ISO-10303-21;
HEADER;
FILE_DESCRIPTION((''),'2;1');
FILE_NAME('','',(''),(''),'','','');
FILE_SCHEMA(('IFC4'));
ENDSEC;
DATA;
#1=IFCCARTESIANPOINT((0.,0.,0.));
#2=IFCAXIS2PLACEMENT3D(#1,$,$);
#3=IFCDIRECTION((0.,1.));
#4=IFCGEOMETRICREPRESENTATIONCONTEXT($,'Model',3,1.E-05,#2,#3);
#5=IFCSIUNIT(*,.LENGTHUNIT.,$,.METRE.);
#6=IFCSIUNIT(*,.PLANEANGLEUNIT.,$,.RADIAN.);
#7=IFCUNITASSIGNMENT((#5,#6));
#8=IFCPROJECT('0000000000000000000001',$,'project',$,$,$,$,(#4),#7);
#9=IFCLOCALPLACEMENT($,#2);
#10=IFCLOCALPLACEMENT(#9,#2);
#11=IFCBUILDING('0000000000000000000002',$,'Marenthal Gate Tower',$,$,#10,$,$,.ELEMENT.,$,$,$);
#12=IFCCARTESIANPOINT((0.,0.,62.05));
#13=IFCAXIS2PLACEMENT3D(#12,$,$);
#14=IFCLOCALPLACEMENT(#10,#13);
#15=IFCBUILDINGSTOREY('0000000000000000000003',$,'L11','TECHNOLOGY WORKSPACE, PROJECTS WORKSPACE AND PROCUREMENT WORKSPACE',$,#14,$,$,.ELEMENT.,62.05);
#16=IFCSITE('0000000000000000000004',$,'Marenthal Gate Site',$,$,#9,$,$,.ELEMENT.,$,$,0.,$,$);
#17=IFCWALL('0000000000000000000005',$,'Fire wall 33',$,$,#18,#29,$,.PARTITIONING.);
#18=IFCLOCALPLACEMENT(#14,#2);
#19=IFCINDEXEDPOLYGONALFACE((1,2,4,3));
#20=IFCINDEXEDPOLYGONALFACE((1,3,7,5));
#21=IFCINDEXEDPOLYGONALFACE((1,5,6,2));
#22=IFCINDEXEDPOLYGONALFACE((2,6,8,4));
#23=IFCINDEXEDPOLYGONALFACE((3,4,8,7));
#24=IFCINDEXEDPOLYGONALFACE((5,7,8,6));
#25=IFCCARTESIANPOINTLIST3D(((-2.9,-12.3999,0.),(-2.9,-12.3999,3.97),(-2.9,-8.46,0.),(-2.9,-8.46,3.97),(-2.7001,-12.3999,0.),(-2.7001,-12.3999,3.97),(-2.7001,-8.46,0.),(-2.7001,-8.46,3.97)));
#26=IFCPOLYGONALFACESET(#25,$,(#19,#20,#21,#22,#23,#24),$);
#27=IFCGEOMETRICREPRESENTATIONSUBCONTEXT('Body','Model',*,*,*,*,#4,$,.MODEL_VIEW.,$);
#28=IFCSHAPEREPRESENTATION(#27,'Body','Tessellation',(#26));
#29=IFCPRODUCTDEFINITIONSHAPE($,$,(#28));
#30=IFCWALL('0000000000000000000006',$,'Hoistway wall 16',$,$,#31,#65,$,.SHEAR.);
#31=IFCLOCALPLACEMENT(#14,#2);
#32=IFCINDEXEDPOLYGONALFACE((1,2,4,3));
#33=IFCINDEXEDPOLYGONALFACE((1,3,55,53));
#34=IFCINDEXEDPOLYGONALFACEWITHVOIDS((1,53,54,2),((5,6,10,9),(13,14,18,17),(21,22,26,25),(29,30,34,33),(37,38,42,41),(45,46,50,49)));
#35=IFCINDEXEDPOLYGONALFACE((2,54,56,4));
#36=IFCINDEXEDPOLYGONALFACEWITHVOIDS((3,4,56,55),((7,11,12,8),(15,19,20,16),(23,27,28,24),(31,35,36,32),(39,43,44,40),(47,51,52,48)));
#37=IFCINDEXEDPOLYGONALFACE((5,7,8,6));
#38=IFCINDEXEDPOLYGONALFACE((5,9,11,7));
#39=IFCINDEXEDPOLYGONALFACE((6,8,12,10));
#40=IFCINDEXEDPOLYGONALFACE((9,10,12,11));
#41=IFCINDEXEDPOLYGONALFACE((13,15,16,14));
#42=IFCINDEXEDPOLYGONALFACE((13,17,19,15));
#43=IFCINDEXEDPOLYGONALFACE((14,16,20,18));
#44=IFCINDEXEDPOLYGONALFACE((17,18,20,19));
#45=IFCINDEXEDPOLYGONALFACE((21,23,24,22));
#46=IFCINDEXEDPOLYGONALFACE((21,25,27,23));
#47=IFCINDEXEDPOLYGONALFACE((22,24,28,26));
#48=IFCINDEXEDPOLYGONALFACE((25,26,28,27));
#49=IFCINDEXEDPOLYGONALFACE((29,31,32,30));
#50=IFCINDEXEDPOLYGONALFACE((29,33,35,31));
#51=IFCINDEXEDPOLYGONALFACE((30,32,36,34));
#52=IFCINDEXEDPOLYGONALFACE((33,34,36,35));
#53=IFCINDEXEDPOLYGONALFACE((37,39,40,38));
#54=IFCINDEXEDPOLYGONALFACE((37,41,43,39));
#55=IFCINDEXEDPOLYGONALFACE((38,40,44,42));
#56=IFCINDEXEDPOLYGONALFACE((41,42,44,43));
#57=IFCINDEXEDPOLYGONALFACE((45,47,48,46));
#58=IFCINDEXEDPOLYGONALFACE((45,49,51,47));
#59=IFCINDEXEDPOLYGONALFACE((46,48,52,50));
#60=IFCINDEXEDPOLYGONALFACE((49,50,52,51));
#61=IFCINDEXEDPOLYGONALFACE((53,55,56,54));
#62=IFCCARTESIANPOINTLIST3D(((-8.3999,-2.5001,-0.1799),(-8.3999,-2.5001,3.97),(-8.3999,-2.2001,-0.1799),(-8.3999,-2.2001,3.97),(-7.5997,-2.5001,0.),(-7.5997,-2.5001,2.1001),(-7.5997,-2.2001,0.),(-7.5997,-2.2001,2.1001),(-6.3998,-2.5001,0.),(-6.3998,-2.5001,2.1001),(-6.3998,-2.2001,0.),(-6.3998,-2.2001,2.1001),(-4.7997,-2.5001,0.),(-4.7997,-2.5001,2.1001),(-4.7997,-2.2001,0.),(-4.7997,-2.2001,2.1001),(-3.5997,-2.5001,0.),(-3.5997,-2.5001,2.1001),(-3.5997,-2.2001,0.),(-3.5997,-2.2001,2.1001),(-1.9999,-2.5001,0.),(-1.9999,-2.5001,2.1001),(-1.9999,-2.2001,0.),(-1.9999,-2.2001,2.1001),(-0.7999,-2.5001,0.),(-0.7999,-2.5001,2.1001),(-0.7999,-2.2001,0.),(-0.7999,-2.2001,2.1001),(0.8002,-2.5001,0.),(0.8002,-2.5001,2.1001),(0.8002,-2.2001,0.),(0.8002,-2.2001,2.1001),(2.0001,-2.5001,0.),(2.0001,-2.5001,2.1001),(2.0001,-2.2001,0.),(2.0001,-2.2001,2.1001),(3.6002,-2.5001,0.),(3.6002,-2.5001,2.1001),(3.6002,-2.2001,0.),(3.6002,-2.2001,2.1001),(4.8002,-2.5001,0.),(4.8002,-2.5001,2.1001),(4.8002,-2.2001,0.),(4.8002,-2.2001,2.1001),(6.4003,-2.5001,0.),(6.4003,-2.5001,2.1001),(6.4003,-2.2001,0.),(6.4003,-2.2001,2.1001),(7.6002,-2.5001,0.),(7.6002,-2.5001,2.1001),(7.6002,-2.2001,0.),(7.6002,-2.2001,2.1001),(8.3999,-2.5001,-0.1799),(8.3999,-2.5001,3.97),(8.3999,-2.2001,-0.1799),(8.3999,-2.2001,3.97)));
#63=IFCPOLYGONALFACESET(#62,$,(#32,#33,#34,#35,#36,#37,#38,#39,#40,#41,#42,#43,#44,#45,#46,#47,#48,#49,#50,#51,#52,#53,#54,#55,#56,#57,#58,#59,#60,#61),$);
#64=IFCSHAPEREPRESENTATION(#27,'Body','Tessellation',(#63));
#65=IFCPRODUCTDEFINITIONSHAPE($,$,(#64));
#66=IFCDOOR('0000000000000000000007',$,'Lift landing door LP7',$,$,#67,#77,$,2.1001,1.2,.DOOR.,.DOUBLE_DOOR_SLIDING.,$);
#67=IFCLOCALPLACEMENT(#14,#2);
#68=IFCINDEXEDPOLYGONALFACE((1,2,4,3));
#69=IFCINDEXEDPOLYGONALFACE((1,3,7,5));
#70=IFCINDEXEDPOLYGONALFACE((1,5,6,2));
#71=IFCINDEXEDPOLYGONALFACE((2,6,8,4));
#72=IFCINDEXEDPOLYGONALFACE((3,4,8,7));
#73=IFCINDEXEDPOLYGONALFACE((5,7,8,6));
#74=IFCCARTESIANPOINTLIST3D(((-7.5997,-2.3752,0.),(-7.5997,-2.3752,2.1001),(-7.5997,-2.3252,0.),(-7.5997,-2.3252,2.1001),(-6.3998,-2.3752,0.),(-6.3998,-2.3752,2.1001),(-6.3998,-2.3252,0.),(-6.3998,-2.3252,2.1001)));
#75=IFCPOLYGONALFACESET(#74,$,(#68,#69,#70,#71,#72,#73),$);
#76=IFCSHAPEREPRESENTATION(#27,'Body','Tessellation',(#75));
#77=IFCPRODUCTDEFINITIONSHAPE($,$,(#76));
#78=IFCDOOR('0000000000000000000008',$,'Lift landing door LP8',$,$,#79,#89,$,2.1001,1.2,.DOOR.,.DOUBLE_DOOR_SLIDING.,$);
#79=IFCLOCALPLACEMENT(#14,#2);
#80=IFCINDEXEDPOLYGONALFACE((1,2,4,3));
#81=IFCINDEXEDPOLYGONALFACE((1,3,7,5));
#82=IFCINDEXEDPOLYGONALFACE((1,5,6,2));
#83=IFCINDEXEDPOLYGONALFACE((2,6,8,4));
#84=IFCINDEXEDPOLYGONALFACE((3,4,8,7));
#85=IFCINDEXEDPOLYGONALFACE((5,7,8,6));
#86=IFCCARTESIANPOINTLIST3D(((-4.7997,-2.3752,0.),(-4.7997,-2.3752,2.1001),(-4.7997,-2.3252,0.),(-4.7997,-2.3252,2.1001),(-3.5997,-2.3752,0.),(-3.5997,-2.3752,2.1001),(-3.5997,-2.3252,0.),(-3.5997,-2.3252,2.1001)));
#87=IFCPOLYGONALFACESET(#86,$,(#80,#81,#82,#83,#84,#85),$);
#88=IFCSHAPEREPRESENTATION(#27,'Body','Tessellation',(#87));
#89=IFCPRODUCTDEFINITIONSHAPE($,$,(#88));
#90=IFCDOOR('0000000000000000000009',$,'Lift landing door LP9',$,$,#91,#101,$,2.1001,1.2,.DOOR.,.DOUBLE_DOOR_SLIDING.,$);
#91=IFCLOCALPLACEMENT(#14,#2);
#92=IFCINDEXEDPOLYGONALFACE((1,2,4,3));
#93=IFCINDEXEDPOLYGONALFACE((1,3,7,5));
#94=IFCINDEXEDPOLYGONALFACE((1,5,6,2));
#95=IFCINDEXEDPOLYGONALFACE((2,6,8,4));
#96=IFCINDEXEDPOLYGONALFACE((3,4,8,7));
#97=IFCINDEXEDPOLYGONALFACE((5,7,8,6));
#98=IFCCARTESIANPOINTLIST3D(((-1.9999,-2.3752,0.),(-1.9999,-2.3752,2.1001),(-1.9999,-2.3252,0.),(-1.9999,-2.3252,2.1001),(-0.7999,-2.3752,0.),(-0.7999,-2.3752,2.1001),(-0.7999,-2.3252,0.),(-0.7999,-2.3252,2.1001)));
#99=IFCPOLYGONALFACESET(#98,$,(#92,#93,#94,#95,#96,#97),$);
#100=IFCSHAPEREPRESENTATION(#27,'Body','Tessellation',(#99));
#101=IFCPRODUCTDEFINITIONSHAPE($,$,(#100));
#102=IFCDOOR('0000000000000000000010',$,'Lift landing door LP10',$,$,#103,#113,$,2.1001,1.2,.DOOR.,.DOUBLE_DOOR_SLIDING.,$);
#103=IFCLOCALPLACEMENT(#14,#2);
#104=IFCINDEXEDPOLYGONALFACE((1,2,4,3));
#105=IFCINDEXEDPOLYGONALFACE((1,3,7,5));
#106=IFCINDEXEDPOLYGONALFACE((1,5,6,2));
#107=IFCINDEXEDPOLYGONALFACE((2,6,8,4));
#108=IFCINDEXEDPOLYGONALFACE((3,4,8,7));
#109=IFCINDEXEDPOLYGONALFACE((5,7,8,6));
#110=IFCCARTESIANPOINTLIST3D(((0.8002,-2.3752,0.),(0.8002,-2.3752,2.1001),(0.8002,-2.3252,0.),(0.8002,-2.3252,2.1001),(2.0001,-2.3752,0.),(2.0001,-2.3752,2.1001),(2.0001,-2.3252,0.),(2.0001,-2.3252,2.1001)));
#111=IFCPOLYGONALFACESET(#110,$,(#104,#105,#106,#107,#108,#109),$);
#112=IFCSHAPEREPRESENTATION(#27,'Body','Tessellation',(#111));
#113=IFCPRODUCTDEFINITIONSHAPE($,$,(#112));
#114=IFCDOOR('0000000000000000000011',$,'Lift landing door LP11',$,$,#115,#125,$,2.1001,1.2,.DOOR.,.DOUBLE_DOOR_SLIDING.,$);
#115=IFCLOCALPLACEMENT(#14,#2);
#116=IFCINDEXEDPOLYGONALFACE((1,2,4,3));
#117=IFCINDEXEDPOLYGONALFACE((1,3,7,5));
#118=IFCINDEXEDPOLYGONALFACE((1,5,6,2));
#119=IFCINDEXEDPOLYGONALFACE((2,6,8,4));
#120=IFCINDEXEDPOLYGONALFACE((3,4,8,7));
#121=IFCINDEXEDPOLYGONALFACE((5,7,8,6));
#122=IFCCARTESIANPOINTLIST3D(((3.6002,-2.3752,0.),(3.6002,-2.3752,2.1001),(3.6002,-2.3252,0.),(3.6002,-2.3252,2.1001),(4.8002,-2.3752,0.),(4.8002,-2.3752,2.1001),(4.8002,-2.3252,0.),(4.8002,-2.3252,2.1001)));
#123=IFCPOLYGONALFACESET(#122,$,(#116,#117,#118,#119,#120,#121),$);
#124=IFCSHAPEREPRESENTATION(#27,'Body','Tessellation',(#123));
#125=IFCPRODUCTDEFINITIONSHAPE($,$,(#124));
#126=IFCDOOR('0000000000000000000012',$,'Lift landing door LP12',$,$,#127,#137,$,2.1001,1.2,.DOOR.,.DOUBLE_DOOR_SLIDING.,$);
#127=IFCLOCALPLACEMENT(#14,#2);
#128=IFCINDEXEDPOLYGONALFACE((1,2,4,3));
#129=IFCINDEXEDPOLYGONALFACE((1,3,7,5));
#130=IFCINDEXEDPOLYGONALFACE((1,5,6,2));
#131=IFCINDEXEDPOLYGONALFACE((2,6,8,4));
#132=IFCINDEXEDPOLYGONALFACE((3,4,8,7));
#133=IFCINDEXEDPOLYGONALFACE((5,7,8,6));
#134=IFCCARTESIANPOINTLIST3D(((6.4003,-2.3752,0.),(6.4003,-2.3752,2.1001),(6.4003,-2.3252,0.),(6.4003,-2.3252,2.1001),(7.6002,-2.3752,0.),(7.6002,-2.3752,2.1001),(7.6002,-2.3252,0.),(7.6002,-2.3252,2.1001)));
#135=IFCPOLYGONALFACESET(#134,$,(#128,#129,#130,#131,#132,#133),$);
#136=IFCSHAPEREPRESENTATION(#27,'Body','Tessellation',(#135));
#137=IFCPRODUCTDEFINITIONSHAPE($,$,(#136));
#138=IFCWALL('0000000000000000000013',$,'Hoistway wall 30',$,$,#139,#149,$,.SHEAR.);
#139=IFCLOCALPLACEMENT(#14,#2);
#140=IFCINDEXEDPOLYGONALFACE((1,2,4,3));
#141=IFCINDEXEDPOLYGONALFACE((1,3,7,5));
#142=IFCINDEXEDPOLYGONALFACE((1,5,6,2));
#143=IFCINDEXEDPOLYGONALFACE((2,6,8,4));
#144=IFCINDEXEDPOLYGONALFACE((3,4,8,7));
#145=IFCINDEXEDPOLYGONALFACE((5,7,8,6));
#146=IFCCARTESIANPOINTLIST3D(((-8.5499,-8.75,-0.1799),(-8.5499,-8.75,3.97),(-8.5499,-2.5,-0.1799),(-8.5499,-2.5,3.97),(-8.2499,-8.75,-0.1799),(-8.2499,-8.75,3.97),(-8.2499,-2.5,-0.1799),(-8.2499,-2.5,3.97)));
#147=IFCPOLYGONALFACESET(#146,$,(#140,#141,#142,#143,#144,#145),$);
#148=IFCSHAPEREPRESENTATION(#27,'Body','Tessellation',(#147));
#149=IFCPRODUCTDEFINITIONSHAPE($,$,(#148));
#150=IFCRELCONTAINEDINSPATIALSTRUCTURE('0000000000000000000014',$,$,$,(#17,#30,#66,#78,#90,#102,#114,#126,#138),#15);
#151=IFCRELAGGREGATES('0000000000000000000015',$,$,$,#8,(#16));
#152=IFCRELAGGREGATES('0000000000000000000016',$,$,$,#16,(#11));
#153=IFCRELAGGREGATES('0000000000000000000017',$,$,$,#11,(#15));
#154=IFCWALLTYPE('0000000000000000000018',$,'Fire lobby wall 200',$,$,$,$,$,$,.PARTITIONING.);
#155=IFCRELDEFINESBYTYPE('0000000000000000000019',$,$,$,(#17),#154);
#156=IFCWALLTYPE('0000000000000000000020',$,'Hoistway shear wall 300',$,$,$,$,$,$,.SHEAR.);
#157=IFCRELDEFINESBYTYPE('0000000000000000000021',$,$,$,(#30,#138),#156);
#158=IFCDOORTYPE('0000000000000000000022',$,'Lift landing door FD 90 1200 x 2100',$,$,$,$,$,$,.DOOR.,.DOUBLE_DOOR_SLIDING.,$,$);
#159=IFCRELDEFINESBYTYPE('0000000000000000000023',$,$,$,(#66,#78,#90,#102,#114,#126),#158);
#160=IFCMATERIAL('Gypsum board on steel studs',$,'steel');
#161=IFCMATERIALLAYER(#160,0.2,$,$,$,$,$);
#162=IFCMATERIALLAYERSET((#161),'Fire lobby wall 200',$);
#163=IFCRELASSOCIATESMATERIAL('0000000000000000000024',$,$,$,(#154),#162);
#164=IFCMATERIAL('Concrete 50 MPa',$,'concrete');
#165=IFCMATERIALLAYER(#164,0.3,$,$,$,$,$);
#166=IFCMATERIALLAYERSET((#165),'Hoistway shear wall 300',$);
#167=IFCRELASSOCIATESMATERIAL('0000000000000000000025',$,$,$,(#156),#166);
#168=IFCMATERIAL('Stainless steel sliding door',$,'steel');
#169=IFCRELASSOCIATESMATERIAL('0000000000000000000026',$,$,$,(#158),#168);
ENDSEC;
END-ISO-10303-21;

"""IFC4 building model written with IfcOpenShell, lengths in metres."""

from ifc_helpers import new_model, si_unit, direction, frame, frame_2d, origin, place, context, subcontext, project, spatial, rectangle, extrude, material, layer, layer_set, type_object, element, fill, save


model = new_model("IFC4")

# Units and contexts
model_context = context("Model", 3, precision=1e-05, world=origin(), true_north=direction((0.0, 1.0)))
body_context = subcontext(model_context, "Body", "Model", "MODEL_VIEW")
ifc_project = project(units=[si_unit("LENGTHUNIT", "METRE"), si_unit("PLANEANGLEUNIT", "RADIAN")], contexts=[model_context])

# Site, building, storey
site_placement = place(None, origin())
site = spatial("IfcSite", under=ifc_project, at=site_placement, Name="Marenthal Gate Site", CompositionType="ELEMENT", RefElevation=0.0)
building_placement = place(site_placement, origin())
building = spatial("IfcBuilding", under=site, at=building_placement, Name="Marenthal Gate Tower", CompositionType="ELEMENT")
storey_placement = place(building_placement, frame((0.0, 0.0, 62.05)))
storey = spatial("IfcBuildingStorey", under=building, at=storey_placement, Name="L11", Description="TECHNOLOGY WORKSPACE, PROJECTS WORKSPACE AND PROCUREMENT WORKSPACE", CompositionType="ELEMENT", Elevation=62.05)

# Wall
ifc_material_1 = material(Name="Gypsum board on steel studs", Category="steel")
ifc_layer_1 = layer(ifc_material_1, 0.2)
ifc_layer_set_1 = layer_set([ifc_layer_1], Name="Fire lobby wall 200")
wall_type_1 = type_object("IfcWallType", Name="Fire lobby wall 200", PredefinedType="PARTITIONING", material=ifc_layer_set_1)
wall_1_placement = place(storey_placement, frame((-2.8, -12.3999, 0.0), z_axis=(0.0, 0.0, 1.0), x_axis=(0.0, 1.0, 0.0)))
element("IfcWall", 1, at=wall_1_placement, inside=storey, type_object=wall_type_1, Name="Fire wall 33", PredefinedType="PARTITIONING", context=body_context, shape_type="SweptSolid", body=[
    extrude(rectangle(XDim=3.9399, YDim=0.2, at=frame_2d((1.97, 0.0))), origin(), (0.0, 0.0, 1.0), 3.97),
])

# Wall, openings, doors
ifc_material_2 = material(Name="Concrete 50 MPa", Category="concrete")
ifc_layer_2 = layer(ifc_material_2, 0.3)
ifc_layer_set_2 = layer_set([ifc_layer_2], Name="Hoistway shear wall 300")
wall_type_2 = type_object("IfcWallType", Name="Hoistway shear wall 300", PredefinedType="SHEAR", material=ifc_layer_set_2)
wall_2_placement = place(storey_placement, frame((-8.3999, -2.3501, -0.1799), z_axis=(0.0, 0.0, 1.0), x_axis=(1.0, 0.0, 0.0)))
wall_2 = element("IfcWall", 2, at=wall_2_placement, inside=storey, type_object=wall_type_2, Name="Hoistway wall 16", PredefinedType="SHEAR", context=body_context, shape_type="SweptSolid", body=[
    extrude(rectangle(XDim=16.7998, YDim=0.3, at=frame_2d((8.3999, 0.0))), origin(), (0.0, 0.0, 1.0), 4.1499),
])
opening_1_placement = place(wall_2_placement, frame((0.8, 0.0, 0.1799)))
opening_1 = element("IfcOpeningElement", 3, at=opening_1_placement, cuts=wall_2, PredefinedType="OPENING", context=body_context, shape_type="SweptSolid", body=[
    extrude(rectangle(XDim=1.2, YDim=2.1001, at=frame_2d((0.6001, 1.05))), frame((0.0, 0.1602, 0.0), z_axis=(0.0, -1.0, 0.0), x_axis=(1.0, 0.0, 0.0)), (0.0, 0.0, 1.0), 0.3201),
])
opening_2_placement = place(wall_2_placement, frame((3.6001, 0.0, 0.1799)))
opening_2 = element("IfcOpeningElement", 4, at=opening_2_placement, cuts=wall_2, PredefinedType="OPENING", context=body_context, shape_type="SweptSolid", body=[
    extrude(rectangle(XDim=1.2, YDim=2.1001, at=frame_2d((0.6001, 1.05))), frame((0.0, 0.1602, 0.0), z_axis=(0.0, -1.0, 0.0), x_axis=(1.0, 0.0, 0.0)), (0.0, 0.0, 1.0), 0.3201),
])
opening_3_placement = place(wall_2_placement, frame((6.3999, 0.0, 0.1799)))
opening_3 = element("IfcOpeningElement", 5, at=opening_3_placement, cuts=wall_2, PredefinedType="OPENING", context=body_context, shape_type="SweptSolid", body=[
    extrude(rectangle(XDim=1.2, YDim=2.1001, at=frame_2d((0.6001, 1.05))), frame((0.0, 0.1602, 0.0), z_axis=(0.0, -1.0, 0.0), x_axis=(1.0, 0.0, 0.0)), (0.0, 0.0, 1.0), 0.3201),
])
opening_4_placement = place(wall_2_placement, frame((9.2, 0.0, 0.1799)))
opening_4 = element("IfcOpeningElement", 6, at=opening_4_placement, cuts=wall_2, PredefinedType="OPENING", context=body_context, shape_type="SweptSolid", body=[
    extrude(rectangle(XDim=1.2, YDim=2.1001, at=frame_2d((0.6001, 1.05))), frame((0.0, 0.1602, 0.0), z_axis=(0.0, -1.0, 0.0), x_axis=(1.0, 0.0, 0.0)), (0.0, 0.0, 1.0), 0.3201),
])
opening_5_placement = place(wall_2_placement, frame((12.0, 0.0, 0.1799)))
opening_5 = element("IfcOpeningElement", 7, at=opening_5_placement, cuts=wall_2, PredefinedType="OPENING", context=body_context, shape_type="SweptSolid", body=[
    extrude(rectangle(XDim=1.2, YDim=2.1001, at=frame_2d((0.6001, 1.05))), frame((0.0, 0.1602, 0.0), z_axis=(0.0, -1.0, 0.0), x_axis=(1.0, 0.0, 0.0)), (0.0, 0.0, 1.0), 0.3201),
])
opening_6_placement = place(wall_2_placement, frame((14.8, 0.0, 0.1799)))
opening_6 = element("IfcOpeningElement", 8, at=opening_6_placement, cuts=wall_2, PredefinedType="OPENING", context=body_context, shape_type="SweptSolid", body=[
    extrude(rectangle(XDim=1.2, YDim=2.1001, at=frame_2d((0.6001, 1.05))), frame((0.0, 0.1602, 0.0), z_axis=(0.0, -1.0, 0.0), x_axis=(1.0, 0.0, 0.0)), (0.0, 0.0, 1.0), 0.3201),
])
ifc_material_3 = material(Name="Stainless steel sliding door", Category="steel")
door_type_1 = type_object("IfcDoorType", Name="Lift landing door FD 90 1200 x 2100", OperationType="DOUBLE_DOOR_SLIDING", PredefinedType="DOOR", material=ifc_material_3)
door_1_placement = place(opening_1_placement, origin())
door_1 = element("IfcDoor", 9, at=door_1_placement, inside=storey, type_object=door_type_1, Name="Lift landing door LP7", OperationType="DOUBLE_DOOR_SLIDING", OverallHeight=2.1001, OverallWidth=1.2, PredefinedType="DOOR", context=body_context, shape_type="SweptSolid", body=[
    extrude(rectangle(XDim=1.2, YDim=2.1001, at=frame_2d((0.6001, 1.05))), frame((0.0, 0.0249, 0.0), z_axis=(0.0, -1.0, 0.0), x_axis=(1.0, 0.0, 0.0)), (0.0, 0.0, 1.0), 0.05),
])
fill(opening_1, door_1)
door_2_placement = place(opening_2_placement, origin())
door_2 = element("IfcDoor", 10, at=door_2_placement, inside=storey, type_object=door_type_1, Name="Lift landing door LP8", OperationType="DOUBLE_DOOR_SLIDING", OverallHeight=2.1001, OverallWidth=1.2, PredefinedType="DOOR", context=body_context, shape_type="SweptSolid", body=[
    extrude(rectangle(XDim=1.2, YDim=2.1001, at=frame_2d((0.6001, 1.05))), frame((0.0, 0.0249, 0.0), z_axis=(0.0, -1.0, 0.0), x_axis=(1.0, 0.0, 0.0)), (0.0, 0.0, 1.0), 0.05),
])
fill(opening_2, door_2)
door_3_placement = place(opening_3_placement, origin())
door_3 = element("IfcDoor", 11, at=door_3_placement, inside=storey, type_object=door_type_1, Name="Lift landing door LP9", OperationType="DOUBLE_DOOR_SLIDING", OverallHeight=2.1001, OverallWidth=1.2, PredefinedType="DOOR", context=body_context, shape_type="SweptSolid", body=[
    extrude(rectangle(XDim=1.2, YDim=2.1001, at=frame_2d((0.6001, 1.05))), frame((0.0, 0.0249, 0.0), z_axis=(0.0, -1.0, 0.0), x_axis=(1.0, 0.0, 0.0)), (0.0, 0.0, 1.0), 0.05),
])
fill(opening_3, door_3)
door_4_placement = place(opening_4_placement, origin())
door_4 = element("IfcDoor", 12, at=door_4_placement, inside=storey, type_object=door_type_1, Name="Lift landing door LP10", OperationType="DOUBLE_DOOR_SLIDING", OverallHeight=2.1001, OverallWidth=1.2, PredefinedType="DOOR", context=body_context, shape_type="SweptSolid", body=[
    extrude(rectangle(XDim=1.2, YDim=2.1001, at=frame_2d((0.6001, 1.05))), frame((0.0, 0.0249, 0.0), z_axis=(0.0, -1.0, 0.0), x_axis=(1.0, 0.0, 0.0)), (0.0, 0.0, 1.0), 0.05),
])
fill(opening_4, door_4)
door_5_placement = place(opening_5_placement, origin())
door_5 = element("IfcDoor", 13, at=door_5_placement, inside=storey, type_object=door_type_1, Name="Lift landing door LP11", OperationType="DOUBLE_DOOR_SLIDING", OverallHeight=2.1001, OverallWidth=1.2, PredefinedType="DOOR", context=body_context, shape_type="SweptSolid", body=[
    extrude(rectangle(XDim=1.2, YDim=2.1001, at=frame_2d((0.6001, 1.05))), frame((0.0, 0.0249, 0.0), z_axis=(0.0, -1.0, 0.0), x_axis=(1.0, 0.0, 0.0)), (0.0, 0.0, 1.0), 0.05),
])
fill(opening_5, door_5)
door_6_placement = place(opening_6_placement, origin())
door_6 = element("IfcDoor", 14, at=door_6_placement, inside=storey, type_object=door_type_1, Name="Lift landing door LP12", OperationType="DOUBLE_DOOR_SLIDING", OverallHeight=2.1001, OverallWidth=1.2, PredefinedType="DOOR", context=body_context, shape_type="SweptSolid", body=[
    extrude(rectangle(XDim=1.2, YDim=2.1001, at=frame_2d((0.6001, 1.05))), frame((0.0, 0.0249, 0.0), z_axis=(0.0, -1.0, 0.0), x_axis=(1.0, 0.0, 0.0)), (0.0, 0.0, 1.0), 0.05),
])
fill(opening_6, door_6)

# Wall
wall_3_placement = place(storey_placement, frame((-8.3999, -8.75, -0.1799), z_axis=(0.0, 0.0, 1.0), x_axis=(0.0, 1.0, 0.0)))
element("IfcWall", 15, at=wall_3_placement, inside=storey, type_object=wall_type_2, Name="Hoistway wall 30", PredefinedType="SHEAR", context=body_context, shape_type="SweptSolid", body=[
    extrude(rectangle(XDim=6.25, YDim=0.3, at=frame_2d((3.125, 0.0))), origin(), (0.0, 0.0, 1.0), 4.1499),
])

save(model, "model.ifc")
